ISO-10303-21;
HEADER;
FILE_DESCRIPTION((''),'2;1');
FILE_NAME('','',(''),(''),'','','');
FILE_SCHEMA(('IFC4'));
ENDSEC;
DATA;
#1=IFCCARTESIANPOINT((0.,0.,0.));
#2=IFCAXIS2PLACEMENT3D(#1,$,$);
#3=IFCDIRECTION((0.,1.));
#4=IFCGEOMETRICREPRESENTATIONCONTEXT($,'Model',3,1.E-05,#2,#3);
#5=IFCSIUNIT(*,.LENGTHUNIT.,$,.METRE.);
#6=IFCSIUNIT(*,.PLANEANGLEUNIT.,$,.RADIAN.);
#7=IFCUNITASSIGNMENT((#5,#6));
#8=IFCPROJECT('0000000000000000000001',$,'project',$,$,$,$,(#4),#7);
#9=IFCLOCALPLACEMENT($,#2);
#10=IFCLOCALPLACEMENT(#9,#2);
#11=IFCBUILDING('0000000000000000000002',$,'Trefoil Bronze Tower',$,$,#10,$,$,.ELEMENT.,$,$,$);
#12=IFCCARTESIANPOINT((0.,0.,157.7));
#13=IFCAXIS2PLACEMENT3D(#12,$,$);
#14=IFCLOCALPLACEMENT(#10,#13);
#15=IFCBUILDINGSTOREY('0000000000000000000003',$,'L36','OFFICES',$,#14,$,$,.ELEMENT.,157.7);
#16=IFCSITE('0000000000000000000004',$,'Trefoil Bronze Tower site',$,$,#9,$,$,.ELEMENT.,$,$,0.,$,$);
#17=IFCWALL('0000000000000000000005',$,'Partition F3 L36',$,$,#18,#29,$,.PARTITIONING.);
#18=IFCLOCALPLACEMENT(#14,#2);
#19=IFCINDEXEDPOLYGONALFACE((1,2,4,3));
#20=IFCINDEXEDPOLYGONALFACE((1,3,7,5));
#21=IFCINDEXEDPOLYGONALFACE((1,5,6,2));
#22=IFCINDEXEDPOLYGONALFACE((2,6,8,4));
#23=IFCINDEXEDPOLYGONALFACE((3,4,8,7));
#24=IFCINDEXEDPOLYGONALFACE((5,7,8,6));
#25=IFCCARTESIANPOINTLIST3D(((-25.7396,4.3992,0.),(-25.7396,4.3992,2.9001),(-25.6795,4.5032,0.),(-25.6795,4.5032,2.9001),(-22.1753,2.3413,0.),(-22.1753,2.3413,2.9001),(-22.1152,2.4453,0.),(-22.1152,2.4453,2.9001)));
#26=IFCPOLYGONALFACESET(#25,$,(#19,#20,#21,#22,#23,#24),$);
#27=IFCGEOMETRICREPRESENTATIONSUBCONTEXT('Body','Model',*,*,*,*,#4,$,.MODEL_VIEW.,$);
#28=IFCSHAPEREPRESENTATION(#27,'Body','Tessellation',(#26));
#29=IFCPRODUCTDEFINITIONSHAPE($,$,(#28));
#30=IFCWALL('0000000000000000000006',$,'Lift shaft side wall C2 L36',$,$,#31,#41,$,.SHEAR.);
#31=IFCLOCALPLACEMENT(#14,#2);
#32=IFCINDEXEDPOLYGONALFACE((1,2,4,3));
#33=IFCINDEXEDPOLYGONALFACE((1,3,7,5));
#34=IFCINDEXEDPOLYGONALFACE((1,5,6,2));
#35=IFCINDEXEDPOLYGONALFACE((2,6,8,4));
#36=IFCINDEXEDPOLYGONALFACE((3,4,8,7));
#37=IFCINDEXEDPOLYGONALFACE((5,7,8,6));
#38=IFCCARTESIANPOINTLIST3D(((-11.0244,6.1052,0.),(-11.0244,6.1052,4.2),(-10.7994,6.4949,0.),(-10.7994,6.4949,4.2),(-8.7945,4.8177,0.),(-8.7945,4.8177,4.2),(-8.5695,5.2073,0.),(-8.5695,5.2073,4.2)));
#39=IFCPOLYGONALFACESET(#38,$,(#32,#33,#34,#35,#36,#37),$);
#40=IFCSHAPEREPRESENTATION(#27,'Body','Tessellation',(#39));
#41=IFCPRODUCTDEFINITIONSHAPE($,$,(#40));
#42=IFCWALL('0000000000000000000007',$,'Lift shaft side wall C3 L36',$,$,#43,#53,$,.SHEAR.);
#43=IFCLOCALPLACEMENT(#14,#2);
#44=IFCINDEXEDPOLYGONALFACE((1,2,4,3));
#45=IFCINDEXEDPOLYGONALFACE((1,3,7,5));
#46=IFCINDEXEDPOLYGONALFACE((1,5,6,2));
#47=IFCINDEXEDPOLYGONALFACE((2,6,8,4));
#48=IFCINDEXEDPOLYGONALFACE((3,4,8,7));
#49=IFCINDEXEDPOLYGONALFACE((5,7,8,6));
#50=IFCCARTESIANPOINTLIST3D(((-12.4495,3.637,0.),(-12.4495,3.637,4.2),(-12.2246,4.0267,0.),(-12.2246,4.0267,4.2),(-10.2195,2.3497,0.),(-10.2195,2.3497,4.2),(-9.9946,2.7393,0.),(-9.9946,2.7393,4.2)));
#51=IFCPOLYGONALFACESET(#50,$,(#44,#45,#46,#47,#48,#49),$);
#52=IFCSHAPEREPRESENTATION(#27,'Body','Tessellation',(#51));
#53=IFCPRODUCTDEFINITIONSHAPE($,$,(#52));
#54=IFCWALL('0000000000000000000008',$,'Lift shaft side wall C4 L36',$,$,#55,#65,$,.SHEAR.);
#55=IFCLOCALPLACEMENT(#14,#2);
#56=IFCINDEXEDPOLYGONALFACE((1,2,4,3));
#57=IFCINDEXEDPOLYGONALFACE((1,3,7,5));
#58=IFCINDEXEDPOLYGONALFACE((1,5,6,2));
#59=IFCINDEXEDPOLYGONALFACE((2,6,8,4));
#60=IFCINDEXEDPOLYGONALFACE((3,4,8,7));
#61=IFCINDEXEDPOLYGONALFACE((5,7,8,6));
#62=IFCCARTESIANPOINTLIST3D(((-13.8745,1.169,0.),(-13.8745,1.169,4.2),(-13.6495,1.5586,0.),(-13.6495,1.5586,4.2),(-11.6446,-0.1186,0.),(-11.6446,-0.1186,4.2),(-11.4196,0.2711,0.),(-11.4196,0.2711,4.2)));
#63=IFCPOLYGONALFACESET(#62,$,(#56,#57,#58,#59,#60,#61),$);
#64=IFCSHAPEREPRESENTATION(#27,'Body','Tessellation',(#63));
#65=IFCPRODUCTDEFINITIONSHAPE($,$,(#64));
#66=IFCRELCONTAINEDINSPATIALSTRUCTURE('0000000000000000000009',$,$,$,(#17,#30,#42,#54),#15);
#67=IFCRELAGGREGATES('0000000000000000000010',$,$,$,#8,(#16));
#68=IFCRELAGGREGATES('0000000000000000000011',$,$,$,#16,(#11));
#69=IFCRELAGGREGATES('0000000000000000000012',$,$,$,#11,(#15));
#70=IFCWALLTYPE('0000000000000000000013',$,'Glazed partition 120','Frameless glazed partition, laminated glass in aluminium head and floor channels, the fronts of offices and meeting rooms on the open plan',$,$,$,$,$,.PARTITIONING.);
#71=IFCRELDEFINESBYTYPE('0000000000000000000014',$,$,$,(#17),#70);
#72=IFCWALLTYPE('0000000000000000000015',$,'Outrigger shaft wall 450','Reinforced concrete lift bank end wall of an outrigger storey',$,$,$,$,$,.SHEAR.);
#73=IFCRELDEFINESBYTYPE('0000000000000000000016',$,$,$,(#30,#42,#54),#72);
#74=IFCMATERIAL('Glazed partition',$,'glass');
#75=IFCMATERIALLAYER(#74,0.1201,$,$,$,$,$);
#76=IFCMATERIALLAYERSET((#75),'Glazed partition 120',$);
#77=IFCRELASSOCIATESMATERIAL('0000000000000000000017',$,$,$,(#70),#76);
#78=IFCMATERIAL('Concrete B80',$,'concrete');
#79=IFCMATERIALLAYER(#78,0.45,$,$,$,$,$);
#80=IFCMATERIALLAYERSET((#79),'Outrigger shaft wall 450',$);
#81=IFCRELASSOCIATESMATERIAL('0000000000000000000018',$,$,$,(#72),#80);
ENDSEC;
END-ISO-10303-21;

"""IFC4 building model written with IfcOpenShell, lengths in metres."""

from ifc_helpers import new_model, si_unit, direction, frame, frame_2d, origin, place, context, subcontext, project, spatial, rectangle, extrude, material, layer, layer_set, type_object, element, save


model = new_model("IFC4")

# Units and contexts
model_context = context("Model", 3, precision=1e-05, world=origin(), true_north=direction((0.0, 1.0)))
body_context = subcontext(model_context, "Body", "Model", "MODEL_VIEW")
ifc_project = project(units=[si_unit("LENGTHUNIT", "METRE"), si_unit("PLANEANGLEUNIT", "RADIAN")], contexts=[model_context])

# Site, building, storey
site_placement = place(None, origin())
site = spatial("IfcSite", under=ifc_project, at=site_placement, Name="Trefoil Bronze Tower site", CompositionType="ELEMENT", RefElevation=0.0)
building_placement = place(site_placement, origin())
building = spatial("IfcBuilding", under=site, at=building_placement, Name="Trefoil Bronze Tower", CompositionType="ELEMENT")
storey_placement = place(building_placement, frame((0.0, 0.0, 157.7)))
storey = spatial("IfcBuildingStorey", under=building, at=storey_placement, Name="L36", Description="OFFICES", CompositionType="ELEMENT", Elevation=157.7)

# Shared definitions
ifc_material_1 = material(Name="Glazed partition", Category="glass")
ifc_layer_1 = layer(ifc_material_1, 0.1201)
ifc_layer_set_1 = layer_set([ifc_layer_1], Name="Glazed partition 120")
wall_type_1 = type_object("IfcWallType", Name="Glazed partition 120", Description="Frameless glazed partition, laminated glass in aluminium head and floor channels, the fronts of offices and meeting rooms on the open plan", PredefinedType="PARTITIONING", material=ifc_layer_set_1)

# Walls
wall_1_placement = place(storey_placement, frame((-22.1453, 2.3933, 0.0), z_axis=(0.0, 0.0, 1.0), x_axis=(-0.866019, 0.500012, 0.0)))
element("IfcWall", 1, at=wall_1_placement, inside=storey, type_object=wall_type_1, Name="Partition F3 L36", PredefinedType="PARTITIONING", context=body_context, shape_type="SweptSolid", body=[
    extrude(rectangle(XDim=4.1157, YDim=0.1201, at=frame_2d((2.0579, 0.0))), origin(), (0.0, 0.0, 1.0), 2.9001),
])
ifc_material_2 = material(Name="Concrete B80", Category="concrete")
ifc_layer_2 = layer(ifc_material_2, 0.45)
ifc_layer_set_2 = layer_set([ifc_layer_2], Name="Outrigger shaft wall 450")
wall_type_2 = type_object("IfcWallType", Name="Outrigger shaft wall 450", Description="Reinforced concrete lift bank end wall of an outrigger storey", PredefinedType="SHEAR", material=ifc_layer_set_2)
for number, where, z_axis, x_axis, name in (
    (2, (-8.6819, 5.0125, 0.0), (0.0, 0.0, 1.0), (-0.866006, 0.500034, 0.0), "Lift shaft side wall C2 L36"),
    (3, (-10.1069, 2.5444, 0.0), (0.0, 0.0, 1.0), (-0.866047, 0.499963, 0.0), "Lift shaft side wall C3 L36"),
    (4, (-11.532, 0.0762, 0.0), (0.0, 0.0, 1.0), (-0.866006, 0.500034, 0.0), "Lift shaft side wall C4 L36"),
):
    element("IfcWall", number, at=place(storey_placement, frame(where, z_axis=z_axis, x_axis=x_axis)), inside=storey, type_object=wall_type_2, Name=name, PredefinedType="SHEAR", context=body_context, shape_type="SweptSolid", body=[
        extrude(rectangle(XDim=2.575, YDim=0.45, at=frame_2d((1.2876, 0.0))), origin(), (0.0, 0.0, 1.0), 4.2),
    ])

save(model, "model.ifc")
